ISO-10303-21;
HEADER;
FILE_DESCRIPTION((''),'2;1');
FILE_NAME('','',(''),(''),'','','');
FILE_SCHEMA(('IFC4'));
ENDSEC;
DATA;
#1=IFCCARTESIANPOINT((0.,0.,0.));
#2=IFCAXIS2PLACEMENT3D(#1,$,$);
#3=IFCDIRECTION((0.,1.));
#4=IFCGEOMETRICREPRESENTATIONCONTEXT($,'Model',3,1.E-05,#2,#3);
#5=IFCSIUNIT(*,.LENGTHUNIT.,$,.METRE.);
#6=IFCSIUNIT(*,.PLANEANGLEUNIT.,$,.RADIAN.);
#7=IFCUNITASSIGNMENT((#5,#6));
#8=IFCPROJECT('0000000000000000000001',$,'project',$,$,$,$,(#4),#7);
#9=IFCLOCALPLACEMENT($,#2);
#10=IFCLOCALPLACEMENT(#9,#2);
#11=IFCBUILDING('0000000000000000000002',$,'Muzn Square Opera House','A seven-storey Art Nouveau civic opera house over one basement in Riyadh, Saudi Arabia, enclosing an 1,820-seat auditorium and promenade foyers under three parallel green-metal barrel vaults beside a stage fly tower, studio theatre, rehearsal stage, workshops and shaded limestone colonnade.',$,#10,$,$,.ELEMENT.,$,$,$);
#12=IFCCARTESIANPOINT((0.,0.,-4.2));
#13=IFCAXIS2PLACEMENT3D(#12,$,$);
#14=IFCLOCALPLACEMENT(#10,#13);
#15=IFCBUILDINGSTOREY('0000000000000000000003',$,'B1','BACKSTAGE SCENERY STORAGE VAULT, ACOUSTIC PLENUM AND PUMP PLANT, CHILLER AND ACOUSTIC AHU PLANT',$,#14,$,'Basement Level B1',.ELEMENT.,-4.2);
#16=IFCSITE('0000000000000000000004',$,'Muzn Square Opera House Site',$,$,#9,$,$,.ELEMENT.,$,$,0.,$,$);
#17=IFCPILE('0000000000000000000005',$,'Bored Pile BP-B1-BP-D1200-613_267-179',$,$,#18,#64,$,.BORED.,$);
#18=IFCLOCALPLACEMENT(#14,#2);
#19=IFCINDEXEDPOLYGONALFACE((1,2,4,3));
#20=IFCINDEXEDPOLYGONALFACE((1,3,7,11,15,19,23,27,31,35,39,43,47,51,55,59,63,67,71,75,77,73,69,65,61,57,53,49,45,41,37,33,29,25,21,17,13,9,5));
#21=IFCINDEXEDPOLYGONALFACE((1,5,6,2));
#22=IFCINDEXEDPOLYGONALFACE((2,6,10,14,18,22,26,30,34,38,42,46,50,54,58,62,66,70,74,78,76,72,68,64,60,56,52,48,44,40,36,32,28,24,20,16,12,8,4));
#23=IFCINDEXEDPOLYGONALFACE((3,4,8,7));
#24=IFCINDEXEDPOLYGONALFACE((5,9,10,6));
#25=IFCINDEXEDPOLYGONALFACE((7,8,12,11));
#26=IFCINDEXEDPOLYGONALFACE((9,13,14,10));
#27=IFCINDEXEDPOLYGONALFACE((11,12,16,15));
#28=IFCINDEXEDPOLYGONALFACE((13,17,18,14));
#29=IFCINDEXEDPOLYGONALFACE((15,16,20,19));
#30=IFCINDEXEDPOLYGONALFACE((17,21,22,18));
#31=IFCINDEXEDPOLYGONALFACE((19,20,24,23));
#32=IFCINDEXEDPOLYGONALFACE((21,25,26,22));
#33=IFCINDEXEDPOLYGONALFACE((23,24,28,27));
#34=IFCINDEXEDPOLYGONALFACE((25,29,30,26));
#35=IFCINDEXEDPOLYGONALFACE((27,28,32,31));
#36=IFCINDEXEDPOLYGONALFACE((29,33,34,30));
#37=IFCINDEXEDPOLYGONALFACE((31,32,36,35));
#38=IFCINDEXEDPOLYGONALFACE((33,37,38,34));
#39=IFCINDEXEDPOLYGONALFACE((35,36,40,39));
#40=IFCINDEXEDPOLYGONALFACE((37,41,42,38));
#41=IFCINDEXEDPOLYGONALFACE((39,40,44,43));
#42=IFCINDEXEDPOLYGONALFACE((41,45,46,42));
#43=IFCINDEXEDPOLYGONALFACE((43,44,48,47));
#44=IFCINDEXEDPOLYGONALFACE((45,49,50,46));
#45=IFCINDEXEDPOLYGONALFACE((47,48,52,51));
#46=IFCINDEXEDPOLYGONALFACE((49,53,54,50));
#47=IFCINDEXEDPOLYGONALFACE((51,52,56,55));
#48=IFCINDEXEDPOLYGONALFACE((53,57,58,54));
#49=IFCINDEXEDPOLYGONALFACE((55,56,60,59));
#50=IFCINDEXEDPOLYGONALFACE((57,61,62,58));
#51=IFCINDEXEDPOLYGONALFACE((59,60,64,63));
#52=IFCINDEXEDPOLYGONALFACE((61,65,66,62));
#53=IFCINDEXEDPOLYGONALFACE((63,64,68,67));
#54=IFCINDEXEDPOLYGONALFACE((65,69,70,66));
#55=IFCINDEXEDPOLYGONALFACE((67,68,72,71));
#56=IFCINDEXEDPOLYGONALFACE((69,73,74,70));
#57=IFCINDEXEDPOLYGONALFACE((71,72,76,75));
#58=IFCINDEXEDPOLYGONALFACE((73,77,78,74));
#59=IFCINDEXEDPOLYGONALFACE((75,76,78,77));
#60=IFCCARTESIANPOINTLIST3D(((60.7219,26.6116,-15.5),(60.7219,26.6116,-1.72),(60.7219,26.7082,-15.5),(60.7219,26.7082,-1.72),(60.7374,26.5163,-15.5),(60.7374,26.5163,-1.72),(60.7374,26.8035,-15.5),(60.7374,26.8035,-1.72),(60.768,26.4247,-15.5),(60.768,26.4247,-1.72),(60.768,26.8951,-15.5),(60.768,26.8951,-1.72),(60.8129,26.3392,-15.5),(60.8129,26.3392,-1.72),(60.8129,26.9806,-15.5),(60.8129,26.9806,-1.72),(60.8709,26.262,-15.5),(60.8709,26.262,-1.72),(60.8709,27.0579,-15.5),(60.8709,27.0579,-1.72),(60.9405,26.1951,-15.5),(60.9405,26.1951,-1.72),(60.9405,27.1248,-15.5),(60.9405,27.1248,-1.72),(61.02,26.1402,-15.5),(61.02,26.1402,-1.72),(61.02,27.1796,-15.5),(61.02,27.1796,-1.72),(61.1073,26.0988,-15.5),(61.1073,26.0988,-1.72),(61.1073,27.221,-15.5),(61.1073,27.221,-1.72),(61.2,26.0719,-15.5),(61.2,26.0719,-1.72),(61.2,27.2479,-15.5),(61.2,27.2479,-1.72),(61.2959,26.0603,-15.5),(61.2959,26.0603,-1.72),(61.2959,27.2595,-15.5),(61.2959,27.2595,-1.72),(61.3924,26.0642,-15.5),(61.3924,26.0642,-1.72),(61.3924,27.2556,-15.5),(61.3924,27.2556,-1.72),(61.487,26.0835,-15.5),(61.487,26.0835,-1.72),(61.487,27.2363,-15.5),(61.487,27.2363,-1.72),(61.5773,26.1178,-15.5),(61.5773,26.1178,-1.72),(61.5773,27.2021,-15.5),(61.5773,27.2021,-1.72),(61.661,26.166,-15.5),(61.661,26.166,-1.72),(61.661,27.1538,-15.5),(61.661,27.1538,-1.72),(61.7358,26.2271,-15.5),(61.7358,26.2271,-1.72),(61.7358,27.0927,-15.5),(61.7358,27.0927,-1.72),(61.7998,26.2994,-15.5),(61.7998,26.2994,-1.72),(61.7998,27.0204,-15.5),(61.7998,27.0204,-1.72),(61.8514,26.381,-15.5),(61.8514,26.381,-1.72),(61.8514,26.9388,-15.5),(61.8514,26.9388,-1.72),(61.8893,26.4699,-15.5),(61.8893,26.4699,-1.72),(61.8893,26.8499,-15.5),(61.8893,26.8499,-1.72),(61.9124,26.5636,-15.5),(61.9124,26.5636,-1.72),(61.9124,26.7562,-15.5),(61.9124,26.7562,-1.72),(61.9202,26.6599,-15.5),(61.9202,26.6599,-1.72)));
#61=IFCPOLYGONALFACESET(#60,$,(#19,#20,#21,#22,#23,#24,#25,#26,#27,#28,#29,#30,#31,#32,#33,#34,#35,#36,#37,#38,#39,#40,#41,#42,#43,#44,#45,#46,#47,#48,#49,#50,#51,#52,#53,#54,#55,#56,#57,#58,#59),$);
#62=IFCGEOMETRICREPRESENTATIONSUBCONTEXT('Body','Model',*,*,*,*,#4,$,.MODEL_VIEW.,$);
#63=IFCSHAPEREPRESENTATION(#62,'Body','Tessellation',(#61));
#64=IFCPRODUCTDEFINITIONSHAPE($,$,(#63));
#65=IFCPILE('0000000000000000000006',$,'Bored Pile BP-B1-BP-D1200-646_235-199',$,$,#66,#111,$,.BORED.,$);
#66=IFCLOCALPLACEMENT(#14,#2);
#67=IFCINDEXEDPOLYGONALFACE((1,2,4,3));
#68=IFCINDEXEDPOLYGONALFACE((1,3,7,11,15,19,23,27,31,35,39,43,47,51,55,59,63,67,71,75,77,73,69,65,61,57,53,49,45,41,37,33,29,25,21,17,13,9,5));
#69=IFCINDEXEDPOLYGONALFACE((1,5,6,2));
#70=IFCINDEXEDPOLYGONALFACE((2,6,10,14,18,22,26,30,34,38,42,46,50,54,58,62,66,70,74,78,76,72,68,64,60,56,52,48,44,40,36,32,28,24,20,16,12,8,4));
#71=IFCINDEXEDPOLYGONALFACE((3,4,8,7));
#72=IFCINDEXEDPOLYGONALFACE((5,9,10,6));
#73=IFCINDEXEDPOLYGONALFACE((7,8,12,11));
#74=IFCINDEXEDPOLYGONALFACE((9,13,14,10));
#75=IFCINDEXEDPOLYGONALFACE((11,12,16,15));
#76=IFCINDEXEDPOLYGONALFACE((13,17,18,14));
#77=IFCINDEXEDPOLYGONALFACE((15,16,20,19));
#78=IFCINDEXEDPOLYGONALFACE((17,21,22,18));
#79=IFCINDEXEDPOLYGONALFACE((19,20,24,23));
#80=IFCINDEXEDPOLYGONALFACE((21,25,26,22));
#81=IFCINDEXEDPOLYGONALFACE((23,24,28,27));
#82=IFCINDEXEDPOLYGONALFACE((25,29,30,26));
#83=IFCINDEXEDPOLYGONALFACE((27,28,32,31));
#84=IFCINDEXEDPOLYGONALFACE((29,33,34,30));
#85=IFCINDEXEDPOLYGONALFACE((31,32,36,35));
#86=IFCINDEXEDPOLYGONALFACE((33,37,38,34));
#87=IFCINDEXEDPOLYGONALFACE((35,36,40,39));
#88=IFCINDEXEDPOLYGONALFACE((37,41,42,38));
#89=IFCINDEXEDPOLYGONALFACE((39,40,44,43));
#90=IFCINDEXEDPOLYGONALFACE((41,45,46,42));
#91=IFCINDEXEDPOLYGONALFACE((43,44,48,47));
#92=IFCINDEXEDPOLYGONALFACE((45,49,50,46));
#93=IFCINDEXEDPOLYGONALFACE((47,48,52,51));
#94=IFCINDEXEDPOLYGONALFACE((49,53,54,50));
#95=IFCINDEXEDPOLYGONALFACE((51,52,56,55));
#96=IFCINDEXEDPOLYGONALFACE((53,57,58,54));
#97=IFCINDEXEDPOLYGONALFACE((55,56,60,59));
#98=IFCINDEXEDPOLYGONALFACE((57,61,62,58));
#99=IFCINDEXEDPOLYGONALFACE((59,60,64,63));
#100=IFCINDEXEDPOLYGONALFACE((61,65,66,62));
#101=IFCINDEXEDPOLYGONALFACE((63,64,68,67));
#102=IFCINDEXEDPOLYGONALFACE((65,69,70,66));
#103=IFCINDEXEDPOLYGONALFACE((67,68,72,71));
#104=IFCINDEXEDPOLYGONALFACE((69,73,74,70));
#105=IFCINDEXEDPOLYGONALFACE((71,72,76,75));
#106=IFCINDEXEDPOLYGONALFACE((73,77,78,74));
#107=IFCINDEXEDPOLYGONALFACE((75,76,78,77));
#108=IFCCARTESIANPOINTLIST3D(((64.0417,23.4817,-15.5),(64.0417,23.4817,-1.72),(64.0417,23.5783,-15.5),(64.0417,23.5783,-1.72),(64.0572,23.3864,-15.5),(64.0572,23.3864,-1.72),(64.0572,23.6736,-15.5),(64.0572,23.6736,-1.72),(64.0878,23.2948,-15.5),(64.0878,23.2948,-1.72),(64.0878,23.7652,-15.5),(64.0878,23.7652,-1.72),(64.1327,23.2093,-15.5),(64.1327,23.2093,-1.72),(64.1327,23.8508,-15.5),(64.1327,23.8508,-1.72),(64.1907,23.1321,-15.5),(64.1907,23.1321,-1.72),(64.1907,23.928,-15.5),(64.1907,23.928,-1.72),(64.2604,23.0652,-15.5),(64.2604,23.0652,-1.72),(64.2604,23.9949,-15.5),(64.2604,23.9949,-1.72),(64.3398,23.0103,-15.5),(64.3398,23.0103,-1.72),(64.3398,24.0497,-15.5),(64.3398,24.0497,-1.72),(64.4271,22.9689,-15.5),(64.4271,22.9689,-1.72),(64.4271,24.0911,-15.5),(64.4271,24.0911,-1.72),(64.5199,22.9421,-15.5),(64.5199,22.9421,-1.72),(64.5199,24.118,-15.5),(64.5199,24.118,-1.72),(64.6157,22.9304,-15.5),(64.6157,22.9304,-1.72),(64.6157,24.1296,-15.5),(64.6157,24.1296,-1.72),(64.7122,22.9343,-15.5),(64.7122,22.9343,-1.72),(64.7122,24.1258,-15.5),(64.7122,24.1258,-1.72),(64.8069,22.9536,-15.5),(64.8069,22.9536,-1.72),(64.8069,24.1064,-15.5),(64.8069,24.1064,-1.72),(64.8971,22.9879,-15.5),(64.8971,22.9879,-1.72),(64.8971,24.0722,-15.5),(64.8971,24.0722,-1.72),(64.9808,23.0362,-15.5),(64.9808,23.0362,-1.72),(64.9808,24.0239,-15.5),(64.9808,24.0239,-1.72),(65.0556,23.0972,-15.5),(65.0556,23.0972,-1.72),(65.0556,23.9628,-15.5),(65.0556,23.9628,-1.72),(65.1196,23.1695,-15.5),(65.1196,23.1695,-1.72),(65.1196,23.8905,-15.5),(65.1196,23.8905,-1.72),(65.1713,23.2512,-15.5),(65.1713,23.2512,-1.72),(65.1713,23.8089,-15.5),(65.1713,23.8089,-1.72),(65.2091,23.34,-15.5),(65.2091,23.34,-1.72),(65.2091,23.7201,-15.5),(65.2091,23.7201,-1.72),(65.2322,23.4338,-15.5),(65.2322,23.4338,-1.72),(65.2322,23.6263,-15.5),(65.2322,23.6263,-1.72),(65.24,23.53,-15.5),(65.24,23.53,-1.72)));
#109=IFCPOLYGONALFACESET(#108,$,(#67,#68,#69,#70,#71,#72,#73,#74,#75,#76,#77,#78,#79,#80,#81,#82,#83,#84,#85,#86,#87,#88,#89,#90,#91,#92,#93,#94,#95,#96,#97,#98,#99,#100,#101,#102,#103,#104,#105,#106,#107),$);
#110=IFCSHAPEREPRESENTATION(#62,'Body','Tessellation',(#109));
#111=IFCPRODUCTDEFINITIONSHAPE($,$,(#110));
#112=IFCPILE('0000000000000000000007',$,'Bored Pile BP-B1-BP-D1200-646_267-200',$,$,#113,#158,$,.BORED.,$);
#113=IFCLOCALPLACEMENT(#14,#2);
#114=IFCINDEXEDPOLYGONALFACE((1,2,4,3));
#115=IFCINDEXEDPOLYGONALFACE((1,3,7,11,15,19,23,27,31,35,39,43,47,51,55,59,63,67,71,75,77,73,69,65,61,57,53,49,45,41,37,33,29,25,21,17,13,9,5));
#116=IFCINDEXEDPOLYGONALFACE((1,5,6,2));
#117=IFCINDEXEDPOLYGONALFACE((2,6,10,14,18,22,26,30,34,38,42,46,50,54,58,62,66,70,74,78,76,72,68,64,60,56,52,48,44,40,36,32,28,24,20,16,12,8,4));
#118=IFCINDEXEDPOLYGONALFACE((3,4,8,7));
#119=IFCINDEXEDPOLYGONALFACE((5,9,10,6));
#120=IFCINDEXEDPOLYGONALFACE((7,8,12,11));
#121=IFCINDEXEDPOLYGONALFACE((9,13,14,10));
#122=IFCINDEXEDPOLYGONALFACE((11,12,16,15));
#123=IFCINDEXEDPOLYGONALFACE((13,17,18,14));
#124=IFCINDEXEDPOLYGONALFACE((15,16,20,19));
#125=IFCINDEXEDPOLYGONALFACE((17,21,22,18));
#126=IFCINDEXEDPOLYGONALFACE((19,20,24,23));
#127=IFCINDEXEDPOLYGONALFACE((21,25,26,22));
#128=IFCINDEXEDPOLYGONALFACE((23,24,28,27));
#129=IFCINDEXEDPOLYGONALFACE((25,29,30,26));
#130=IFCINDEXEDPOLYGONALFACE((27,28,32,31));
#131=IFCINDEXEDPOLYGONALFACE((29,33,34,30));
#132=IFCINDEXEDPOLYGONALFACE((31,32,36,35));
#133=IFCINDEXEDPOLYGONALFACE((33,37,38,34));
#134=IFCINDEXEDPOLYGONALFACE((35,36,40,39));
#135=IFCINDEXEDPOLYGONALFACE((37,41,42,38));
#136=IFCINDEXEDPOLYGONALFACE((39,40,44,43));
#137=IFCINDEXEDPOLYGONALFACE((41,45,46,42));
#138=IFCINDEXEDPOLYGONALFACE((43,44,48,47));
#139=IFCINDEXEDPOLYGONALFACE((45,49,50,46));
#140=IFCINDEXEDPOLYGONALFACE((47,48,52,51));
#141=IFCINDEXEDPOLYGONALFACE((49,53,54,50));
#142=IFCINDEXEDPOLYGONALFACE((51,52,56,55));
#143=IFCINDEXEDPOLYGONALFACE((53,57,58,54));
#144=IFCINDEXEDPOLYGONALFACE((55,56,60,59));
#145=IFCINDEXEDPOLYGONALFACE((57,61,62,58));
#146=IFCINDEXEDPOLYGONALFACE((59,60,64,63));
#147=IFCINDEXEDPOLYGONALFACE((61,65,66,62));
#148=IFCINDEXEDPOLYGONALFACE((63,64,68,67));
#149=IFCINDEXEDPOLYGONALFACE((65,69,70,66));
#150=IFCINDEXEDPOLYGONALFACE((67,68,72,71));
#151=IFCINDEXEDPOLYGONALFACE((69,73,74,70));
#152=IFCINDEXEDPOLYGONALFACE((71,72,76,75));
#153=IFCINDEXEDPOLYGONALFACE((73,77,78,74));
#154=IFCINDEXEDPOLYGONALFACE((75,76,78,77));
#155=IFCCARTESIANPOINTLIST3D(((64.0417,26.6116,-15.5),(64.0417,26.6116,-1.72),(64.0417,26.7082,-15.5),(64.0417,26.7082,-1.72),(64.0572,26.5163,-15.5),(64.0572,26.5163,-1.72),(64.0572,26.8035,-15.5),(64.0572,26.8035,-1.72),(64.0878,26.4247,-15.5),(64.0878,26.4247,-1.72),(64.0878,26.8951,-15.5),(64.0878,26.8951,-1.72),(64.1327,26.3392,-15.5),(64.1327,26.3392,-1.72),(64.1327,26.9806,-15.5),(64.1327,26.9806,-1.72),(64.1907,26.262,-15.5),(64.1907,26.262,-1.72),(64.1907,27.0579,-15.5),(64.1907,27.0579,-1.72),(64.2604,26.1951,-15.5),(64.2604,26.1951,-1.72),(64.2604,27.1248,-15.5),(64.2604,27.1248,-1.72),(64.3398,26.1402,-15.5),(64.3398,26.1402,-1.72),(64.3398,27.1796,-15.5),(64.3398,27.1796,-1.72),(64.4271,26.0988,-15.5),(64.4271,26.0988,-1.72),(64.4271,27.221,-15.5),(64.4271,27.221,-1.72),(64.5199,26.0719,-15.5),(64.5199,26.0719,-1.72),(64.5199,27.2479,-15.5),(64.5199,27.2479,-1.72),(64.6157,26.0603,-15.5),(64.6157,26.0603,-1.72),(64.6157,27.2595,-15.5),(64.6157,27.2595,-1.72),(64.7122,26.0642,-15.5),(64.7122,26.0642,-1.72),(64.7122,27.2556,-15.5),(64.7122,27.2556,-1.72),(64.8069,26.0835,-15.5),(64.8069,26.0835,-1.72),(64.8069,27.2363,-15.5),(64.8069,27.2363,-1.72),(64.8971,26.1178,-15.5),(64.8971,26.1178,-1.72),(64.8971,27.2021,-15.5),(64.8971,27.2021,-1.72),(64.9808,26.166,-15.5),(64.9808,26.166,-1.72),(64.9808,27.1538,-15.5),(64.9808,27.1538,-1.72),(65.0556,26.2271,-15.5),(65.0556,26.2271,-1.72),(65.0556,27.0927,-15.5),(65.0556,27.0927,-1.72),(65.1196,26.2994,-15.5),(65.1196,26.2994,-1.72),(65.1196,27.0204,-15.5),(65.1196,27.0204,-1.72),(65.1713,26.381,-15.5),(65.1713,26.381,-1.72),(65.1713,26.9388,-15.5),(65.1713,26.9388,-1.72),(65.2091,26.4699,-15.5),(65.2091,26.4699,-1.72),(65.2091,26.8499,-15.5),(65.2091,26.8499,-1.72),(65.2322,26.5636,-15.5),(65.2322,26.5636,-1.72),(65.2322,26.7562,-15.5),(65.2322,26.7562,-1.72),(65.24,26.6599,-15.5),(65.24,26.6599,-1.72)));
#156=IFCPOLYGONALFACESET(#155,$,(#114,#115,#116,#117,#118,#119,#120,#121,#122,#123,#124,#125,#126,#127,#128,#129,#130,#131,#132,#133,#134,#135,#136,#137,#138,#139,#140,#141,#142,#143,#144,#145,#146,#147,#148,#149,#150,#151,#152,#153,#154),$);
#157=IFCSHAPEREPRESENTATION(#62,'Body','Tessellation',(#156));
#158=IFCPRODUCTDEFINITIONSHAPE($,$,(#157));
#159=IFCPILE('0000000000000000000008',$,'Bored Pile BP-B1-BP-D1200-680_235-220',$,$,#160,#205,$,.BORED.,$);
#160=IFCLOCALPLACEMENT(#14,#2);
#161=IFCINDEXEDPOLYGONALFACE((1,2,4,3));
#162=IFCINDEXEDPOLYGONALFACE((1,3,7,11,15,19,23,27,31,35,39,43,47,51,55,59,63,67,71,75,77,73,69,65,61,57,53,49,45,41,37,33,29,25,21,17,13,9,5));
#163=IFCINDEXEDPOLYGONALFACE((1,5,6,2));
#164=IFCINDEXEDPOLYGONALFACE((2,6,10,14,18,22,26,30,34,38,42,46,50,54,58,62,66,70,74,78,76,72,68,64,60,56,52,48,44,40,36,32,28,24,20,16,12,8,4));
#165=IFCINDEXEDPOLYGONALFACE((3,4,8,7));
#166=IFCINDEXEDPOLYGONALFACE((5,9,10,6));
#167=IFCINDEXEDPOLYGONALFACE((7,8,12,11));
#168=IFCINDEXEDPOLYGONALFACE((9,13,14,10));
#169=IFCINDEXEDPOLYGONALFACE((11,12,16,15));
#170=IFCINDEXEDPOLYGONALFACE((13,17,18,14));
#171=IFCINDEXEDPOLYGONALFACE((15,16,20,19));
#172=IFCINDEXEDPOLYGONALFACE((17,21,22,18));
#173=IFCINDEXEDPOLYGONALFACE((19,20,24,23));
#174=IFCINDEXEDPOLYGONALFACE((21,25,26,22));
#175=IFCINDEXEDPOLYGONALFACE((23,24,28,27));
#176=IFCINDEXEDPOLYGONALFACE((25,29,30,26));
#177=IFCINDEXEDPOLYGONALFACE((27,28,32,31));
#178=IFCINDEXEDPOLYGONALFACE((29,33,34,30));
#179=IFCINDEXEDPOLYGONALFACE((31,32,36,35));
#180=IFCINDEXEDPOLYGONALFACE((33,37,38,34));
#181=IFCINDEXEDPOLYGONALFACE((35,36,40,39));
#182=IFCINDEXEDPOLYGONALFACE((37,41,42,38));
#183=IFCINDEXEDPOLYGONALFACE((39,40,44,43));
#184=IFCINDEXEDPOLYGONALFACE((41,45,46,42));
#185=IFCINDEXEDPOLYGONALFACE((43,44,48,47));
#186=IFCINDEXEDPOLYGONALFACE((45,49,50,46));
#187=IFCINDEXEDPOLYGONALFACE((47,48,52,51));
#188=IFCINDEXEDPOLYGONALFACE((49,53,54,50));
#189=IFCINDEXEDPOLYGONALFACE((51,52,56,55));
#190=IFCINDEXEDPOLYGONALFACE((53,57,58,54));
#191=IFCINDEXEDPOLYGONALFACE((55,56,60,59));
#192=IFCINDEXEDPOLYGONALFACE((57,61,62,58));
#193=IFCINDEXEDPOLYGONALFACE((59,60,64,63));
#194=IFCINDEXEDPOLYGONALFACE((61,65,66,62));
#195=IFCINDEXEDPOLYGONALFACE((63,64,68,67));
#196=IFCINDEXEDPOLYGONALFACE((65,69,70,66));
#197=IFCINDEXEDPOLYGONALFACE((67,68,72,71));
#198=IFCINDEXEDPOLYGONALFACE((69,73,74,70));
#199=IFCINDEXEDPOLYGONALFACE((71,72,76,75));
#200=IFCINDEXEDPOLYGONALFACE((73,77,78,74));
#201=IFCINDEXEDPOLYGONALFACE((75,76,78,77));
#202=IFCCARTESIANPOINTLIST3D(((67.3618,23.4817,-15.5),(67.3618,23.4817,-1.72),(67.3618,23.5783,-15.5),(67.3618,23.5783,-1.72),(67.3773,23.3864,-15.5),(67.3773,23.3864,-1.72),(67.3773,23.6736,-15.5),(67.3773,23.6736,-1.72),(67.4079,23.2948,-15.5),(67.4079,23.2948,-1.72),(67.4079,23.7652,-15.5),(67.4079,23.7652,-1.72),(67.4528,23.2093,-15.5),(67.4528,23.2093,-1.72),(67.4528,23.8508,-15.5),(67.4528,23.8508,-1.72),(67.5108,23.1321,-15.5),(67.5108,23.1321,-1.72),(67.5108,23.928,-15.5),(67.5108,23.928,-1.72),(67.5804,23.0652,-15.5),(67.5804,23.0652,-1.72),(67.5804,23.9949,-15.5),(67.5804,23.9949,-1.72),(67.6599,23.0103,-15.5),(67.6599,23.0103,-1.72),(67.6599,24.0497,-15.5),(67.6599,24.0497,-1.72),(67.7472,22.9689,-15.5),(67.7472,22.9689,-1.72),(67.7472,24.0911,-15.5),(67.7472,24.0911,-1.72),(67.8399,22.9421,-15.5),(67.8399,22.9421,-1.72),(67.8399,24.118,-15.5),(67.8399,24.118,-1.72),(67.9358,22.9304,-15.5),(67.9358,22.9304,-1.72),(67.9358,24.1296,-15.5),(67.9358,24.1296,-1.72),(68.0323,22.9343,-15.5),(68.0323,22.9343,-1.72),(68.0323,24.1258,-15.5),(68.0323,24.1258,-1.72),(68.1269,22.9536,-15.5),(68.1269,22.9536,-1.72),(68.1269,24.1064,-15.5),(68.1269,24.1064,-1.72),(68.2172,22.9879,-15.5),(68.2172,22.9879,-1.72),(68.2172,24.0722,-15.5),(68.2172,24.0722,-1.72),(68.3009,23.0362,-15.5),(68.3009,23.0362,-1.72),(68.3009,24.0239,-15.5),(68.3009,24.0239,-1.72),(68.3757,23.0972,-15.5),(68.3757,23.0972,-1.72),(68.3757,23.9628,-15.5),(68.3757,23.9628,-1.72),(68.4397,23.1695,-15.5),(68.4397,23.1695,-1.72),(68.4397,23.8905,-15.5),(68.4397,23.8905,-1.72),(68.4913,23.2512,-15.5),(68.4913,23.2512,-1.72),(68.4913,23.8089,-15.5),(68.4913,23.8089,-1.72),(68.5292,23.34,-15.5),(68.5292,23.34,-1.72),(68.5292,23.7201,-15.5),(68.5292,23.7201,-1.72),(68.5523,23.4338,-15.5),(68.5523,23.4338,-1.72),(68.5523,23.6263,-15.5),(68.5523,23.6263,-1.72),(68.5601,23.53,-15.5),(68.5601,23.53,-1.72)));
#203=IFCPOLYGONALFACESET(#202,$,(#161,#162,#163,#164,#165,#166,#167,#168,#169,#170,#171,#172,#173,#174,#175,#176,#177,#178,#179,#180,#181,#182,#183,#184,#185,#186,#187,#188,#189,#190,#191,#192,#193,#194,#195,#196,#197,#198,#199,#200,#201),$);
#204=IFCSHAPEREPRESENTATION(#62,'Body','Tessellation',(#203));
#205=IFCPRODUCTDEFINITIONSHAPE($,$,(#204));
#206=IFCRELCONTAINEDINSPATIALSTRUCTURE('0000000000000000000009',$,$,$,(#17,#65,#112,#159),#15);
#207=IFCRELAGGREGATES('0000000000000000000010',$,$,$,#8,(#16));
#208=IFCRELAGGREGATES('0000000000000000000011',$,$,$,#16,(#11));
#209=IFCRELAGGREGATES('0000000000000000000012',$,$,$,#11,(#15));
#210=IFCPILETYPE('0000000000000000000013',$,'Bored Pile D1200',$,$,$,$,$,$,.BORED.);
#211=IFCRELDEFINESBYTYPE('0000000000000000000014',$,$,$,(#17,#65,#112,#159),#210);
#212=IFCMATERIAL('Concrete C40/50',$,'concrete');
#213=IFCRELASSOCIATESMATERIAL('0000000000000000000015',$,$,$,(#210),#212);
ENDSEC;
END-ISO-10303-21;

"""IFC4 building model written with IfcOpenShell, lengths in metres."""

from ifc_helpers import new_model, si_unit, direction, frame, origin, origin_2d, place, context, subcontext, project, spatial, circle, extrude, material, material_profile, profile_set, type_object, element, save


model = new_model("IFC4")

# Units and contexts
model_context = context("Model", 3, precision=1e-05, world=origin(), true_north=direction((0.0, 1.0)))
body_context = subcontext(model_context, "Body", "Model", "MODEL_VIEW")
ifc_project = project(units=[si_unit("LENGTHUNIT", "METRE"), si_unit("PLANEANGLEUNIT", "RADIAN")], contexts=[model_context])

# Site, building, storey
site_placement = place(None, origin())
site = spatial("IfcSite", under=ifc_project, at=site_placement, Name="Muzn Square Opera House Site", CompositionType="ELEMENT", RefElevation=0.0)
building_placement = place(site_placement, origin())
building = spatial("IfcBuilding", under=site, at=building_placement, Name="Muzn Square Opera House", Description="A seven-storey Art Nouveau civic opera house over one basement in Riyadh, Saudi Arabia, enclosing an 1,820-seat auditorium and promenade foyers under three parallel green-metal barrel vaults beside a stage fly tower, studio theatre, rehearsal stage, workshops and shaded limestone colonnade.", CompositionType="ELEMENT")
storey_placement = place(building_placement, frame((0.0, 0.0, -4.2)))
storey = spatial("IfcBuildingStorey", under=building, at=storey_placement, Name="B1", Description="BACKSTAGE SCENERY STORAGE VAULT, ACOUSTIC PLENUM AND PUMP PLANT, CHILLER AND ACOUSTIC AHU PLANT", LongName="Basement Level B1", CompositionType="ELEMENT", Elevation=-4.2)

# Piles
ifc_material_1 = material(Name="Concrete C40/50", Category="concrete")
ifc_material_profile_1 = material_profile(ifc_material_1, circle(Radius=0.6001, at=origin_2d()), Name="BORED PILE D1200", Category="concrete")
ifc_profile_set_1 = profile_set([ifc_material_profile_1], Name="Concrete C40/50")
pile_type = type_object("IfcPileType", Name="Bored Pile D1200", PredefinedType="BORED", material=ifc_profile_set_1)
for number, where, z_axis, x_axis, name in (
    (1, (61.3201, 26.6599, -1.72), (0.0, 0.0, -1.0), (1.0, 0.0, 0.0), "Bored Pile BP-B1-BP-D1200-613_267-179"),
    (2, (64.6399, 23.53, -1.72), (0.0, 0.0, -1.0), (1.0, 0.0, 0.0), "Bored Pile BP-B1-BP-D1200-646_235-199"),
    (3, (64.6399, 26.6599, -1.72), (0.0, 0.0, -1.0), (1.0, 0.0, 0.0), "Bored Pile BP-B1-BP-D1200-646_267-200"),
    (4, (67.96, 23.53, -1.72), (0.0, 0.0, -1.0), (1.0, 0.0, 0.0), "Bored Pile BP-B1-BP-D1200-680_235-220"),
):
    element("IfcPile", number, at=place(storey_placement, frame(where, z_axis=z_axis, x_axis=x_axis)), inside=storey, type_object=pile_type, Name=name, PredefinedType="BORED", context=body_context, shape_type="SweptSolid", body=[
        extrude(circle(Radius=0.6001, at=origin_2d()), origin(), (0.0, 0.0, 1.0), 13.78),
    ])

save(model, "model.ifc")
